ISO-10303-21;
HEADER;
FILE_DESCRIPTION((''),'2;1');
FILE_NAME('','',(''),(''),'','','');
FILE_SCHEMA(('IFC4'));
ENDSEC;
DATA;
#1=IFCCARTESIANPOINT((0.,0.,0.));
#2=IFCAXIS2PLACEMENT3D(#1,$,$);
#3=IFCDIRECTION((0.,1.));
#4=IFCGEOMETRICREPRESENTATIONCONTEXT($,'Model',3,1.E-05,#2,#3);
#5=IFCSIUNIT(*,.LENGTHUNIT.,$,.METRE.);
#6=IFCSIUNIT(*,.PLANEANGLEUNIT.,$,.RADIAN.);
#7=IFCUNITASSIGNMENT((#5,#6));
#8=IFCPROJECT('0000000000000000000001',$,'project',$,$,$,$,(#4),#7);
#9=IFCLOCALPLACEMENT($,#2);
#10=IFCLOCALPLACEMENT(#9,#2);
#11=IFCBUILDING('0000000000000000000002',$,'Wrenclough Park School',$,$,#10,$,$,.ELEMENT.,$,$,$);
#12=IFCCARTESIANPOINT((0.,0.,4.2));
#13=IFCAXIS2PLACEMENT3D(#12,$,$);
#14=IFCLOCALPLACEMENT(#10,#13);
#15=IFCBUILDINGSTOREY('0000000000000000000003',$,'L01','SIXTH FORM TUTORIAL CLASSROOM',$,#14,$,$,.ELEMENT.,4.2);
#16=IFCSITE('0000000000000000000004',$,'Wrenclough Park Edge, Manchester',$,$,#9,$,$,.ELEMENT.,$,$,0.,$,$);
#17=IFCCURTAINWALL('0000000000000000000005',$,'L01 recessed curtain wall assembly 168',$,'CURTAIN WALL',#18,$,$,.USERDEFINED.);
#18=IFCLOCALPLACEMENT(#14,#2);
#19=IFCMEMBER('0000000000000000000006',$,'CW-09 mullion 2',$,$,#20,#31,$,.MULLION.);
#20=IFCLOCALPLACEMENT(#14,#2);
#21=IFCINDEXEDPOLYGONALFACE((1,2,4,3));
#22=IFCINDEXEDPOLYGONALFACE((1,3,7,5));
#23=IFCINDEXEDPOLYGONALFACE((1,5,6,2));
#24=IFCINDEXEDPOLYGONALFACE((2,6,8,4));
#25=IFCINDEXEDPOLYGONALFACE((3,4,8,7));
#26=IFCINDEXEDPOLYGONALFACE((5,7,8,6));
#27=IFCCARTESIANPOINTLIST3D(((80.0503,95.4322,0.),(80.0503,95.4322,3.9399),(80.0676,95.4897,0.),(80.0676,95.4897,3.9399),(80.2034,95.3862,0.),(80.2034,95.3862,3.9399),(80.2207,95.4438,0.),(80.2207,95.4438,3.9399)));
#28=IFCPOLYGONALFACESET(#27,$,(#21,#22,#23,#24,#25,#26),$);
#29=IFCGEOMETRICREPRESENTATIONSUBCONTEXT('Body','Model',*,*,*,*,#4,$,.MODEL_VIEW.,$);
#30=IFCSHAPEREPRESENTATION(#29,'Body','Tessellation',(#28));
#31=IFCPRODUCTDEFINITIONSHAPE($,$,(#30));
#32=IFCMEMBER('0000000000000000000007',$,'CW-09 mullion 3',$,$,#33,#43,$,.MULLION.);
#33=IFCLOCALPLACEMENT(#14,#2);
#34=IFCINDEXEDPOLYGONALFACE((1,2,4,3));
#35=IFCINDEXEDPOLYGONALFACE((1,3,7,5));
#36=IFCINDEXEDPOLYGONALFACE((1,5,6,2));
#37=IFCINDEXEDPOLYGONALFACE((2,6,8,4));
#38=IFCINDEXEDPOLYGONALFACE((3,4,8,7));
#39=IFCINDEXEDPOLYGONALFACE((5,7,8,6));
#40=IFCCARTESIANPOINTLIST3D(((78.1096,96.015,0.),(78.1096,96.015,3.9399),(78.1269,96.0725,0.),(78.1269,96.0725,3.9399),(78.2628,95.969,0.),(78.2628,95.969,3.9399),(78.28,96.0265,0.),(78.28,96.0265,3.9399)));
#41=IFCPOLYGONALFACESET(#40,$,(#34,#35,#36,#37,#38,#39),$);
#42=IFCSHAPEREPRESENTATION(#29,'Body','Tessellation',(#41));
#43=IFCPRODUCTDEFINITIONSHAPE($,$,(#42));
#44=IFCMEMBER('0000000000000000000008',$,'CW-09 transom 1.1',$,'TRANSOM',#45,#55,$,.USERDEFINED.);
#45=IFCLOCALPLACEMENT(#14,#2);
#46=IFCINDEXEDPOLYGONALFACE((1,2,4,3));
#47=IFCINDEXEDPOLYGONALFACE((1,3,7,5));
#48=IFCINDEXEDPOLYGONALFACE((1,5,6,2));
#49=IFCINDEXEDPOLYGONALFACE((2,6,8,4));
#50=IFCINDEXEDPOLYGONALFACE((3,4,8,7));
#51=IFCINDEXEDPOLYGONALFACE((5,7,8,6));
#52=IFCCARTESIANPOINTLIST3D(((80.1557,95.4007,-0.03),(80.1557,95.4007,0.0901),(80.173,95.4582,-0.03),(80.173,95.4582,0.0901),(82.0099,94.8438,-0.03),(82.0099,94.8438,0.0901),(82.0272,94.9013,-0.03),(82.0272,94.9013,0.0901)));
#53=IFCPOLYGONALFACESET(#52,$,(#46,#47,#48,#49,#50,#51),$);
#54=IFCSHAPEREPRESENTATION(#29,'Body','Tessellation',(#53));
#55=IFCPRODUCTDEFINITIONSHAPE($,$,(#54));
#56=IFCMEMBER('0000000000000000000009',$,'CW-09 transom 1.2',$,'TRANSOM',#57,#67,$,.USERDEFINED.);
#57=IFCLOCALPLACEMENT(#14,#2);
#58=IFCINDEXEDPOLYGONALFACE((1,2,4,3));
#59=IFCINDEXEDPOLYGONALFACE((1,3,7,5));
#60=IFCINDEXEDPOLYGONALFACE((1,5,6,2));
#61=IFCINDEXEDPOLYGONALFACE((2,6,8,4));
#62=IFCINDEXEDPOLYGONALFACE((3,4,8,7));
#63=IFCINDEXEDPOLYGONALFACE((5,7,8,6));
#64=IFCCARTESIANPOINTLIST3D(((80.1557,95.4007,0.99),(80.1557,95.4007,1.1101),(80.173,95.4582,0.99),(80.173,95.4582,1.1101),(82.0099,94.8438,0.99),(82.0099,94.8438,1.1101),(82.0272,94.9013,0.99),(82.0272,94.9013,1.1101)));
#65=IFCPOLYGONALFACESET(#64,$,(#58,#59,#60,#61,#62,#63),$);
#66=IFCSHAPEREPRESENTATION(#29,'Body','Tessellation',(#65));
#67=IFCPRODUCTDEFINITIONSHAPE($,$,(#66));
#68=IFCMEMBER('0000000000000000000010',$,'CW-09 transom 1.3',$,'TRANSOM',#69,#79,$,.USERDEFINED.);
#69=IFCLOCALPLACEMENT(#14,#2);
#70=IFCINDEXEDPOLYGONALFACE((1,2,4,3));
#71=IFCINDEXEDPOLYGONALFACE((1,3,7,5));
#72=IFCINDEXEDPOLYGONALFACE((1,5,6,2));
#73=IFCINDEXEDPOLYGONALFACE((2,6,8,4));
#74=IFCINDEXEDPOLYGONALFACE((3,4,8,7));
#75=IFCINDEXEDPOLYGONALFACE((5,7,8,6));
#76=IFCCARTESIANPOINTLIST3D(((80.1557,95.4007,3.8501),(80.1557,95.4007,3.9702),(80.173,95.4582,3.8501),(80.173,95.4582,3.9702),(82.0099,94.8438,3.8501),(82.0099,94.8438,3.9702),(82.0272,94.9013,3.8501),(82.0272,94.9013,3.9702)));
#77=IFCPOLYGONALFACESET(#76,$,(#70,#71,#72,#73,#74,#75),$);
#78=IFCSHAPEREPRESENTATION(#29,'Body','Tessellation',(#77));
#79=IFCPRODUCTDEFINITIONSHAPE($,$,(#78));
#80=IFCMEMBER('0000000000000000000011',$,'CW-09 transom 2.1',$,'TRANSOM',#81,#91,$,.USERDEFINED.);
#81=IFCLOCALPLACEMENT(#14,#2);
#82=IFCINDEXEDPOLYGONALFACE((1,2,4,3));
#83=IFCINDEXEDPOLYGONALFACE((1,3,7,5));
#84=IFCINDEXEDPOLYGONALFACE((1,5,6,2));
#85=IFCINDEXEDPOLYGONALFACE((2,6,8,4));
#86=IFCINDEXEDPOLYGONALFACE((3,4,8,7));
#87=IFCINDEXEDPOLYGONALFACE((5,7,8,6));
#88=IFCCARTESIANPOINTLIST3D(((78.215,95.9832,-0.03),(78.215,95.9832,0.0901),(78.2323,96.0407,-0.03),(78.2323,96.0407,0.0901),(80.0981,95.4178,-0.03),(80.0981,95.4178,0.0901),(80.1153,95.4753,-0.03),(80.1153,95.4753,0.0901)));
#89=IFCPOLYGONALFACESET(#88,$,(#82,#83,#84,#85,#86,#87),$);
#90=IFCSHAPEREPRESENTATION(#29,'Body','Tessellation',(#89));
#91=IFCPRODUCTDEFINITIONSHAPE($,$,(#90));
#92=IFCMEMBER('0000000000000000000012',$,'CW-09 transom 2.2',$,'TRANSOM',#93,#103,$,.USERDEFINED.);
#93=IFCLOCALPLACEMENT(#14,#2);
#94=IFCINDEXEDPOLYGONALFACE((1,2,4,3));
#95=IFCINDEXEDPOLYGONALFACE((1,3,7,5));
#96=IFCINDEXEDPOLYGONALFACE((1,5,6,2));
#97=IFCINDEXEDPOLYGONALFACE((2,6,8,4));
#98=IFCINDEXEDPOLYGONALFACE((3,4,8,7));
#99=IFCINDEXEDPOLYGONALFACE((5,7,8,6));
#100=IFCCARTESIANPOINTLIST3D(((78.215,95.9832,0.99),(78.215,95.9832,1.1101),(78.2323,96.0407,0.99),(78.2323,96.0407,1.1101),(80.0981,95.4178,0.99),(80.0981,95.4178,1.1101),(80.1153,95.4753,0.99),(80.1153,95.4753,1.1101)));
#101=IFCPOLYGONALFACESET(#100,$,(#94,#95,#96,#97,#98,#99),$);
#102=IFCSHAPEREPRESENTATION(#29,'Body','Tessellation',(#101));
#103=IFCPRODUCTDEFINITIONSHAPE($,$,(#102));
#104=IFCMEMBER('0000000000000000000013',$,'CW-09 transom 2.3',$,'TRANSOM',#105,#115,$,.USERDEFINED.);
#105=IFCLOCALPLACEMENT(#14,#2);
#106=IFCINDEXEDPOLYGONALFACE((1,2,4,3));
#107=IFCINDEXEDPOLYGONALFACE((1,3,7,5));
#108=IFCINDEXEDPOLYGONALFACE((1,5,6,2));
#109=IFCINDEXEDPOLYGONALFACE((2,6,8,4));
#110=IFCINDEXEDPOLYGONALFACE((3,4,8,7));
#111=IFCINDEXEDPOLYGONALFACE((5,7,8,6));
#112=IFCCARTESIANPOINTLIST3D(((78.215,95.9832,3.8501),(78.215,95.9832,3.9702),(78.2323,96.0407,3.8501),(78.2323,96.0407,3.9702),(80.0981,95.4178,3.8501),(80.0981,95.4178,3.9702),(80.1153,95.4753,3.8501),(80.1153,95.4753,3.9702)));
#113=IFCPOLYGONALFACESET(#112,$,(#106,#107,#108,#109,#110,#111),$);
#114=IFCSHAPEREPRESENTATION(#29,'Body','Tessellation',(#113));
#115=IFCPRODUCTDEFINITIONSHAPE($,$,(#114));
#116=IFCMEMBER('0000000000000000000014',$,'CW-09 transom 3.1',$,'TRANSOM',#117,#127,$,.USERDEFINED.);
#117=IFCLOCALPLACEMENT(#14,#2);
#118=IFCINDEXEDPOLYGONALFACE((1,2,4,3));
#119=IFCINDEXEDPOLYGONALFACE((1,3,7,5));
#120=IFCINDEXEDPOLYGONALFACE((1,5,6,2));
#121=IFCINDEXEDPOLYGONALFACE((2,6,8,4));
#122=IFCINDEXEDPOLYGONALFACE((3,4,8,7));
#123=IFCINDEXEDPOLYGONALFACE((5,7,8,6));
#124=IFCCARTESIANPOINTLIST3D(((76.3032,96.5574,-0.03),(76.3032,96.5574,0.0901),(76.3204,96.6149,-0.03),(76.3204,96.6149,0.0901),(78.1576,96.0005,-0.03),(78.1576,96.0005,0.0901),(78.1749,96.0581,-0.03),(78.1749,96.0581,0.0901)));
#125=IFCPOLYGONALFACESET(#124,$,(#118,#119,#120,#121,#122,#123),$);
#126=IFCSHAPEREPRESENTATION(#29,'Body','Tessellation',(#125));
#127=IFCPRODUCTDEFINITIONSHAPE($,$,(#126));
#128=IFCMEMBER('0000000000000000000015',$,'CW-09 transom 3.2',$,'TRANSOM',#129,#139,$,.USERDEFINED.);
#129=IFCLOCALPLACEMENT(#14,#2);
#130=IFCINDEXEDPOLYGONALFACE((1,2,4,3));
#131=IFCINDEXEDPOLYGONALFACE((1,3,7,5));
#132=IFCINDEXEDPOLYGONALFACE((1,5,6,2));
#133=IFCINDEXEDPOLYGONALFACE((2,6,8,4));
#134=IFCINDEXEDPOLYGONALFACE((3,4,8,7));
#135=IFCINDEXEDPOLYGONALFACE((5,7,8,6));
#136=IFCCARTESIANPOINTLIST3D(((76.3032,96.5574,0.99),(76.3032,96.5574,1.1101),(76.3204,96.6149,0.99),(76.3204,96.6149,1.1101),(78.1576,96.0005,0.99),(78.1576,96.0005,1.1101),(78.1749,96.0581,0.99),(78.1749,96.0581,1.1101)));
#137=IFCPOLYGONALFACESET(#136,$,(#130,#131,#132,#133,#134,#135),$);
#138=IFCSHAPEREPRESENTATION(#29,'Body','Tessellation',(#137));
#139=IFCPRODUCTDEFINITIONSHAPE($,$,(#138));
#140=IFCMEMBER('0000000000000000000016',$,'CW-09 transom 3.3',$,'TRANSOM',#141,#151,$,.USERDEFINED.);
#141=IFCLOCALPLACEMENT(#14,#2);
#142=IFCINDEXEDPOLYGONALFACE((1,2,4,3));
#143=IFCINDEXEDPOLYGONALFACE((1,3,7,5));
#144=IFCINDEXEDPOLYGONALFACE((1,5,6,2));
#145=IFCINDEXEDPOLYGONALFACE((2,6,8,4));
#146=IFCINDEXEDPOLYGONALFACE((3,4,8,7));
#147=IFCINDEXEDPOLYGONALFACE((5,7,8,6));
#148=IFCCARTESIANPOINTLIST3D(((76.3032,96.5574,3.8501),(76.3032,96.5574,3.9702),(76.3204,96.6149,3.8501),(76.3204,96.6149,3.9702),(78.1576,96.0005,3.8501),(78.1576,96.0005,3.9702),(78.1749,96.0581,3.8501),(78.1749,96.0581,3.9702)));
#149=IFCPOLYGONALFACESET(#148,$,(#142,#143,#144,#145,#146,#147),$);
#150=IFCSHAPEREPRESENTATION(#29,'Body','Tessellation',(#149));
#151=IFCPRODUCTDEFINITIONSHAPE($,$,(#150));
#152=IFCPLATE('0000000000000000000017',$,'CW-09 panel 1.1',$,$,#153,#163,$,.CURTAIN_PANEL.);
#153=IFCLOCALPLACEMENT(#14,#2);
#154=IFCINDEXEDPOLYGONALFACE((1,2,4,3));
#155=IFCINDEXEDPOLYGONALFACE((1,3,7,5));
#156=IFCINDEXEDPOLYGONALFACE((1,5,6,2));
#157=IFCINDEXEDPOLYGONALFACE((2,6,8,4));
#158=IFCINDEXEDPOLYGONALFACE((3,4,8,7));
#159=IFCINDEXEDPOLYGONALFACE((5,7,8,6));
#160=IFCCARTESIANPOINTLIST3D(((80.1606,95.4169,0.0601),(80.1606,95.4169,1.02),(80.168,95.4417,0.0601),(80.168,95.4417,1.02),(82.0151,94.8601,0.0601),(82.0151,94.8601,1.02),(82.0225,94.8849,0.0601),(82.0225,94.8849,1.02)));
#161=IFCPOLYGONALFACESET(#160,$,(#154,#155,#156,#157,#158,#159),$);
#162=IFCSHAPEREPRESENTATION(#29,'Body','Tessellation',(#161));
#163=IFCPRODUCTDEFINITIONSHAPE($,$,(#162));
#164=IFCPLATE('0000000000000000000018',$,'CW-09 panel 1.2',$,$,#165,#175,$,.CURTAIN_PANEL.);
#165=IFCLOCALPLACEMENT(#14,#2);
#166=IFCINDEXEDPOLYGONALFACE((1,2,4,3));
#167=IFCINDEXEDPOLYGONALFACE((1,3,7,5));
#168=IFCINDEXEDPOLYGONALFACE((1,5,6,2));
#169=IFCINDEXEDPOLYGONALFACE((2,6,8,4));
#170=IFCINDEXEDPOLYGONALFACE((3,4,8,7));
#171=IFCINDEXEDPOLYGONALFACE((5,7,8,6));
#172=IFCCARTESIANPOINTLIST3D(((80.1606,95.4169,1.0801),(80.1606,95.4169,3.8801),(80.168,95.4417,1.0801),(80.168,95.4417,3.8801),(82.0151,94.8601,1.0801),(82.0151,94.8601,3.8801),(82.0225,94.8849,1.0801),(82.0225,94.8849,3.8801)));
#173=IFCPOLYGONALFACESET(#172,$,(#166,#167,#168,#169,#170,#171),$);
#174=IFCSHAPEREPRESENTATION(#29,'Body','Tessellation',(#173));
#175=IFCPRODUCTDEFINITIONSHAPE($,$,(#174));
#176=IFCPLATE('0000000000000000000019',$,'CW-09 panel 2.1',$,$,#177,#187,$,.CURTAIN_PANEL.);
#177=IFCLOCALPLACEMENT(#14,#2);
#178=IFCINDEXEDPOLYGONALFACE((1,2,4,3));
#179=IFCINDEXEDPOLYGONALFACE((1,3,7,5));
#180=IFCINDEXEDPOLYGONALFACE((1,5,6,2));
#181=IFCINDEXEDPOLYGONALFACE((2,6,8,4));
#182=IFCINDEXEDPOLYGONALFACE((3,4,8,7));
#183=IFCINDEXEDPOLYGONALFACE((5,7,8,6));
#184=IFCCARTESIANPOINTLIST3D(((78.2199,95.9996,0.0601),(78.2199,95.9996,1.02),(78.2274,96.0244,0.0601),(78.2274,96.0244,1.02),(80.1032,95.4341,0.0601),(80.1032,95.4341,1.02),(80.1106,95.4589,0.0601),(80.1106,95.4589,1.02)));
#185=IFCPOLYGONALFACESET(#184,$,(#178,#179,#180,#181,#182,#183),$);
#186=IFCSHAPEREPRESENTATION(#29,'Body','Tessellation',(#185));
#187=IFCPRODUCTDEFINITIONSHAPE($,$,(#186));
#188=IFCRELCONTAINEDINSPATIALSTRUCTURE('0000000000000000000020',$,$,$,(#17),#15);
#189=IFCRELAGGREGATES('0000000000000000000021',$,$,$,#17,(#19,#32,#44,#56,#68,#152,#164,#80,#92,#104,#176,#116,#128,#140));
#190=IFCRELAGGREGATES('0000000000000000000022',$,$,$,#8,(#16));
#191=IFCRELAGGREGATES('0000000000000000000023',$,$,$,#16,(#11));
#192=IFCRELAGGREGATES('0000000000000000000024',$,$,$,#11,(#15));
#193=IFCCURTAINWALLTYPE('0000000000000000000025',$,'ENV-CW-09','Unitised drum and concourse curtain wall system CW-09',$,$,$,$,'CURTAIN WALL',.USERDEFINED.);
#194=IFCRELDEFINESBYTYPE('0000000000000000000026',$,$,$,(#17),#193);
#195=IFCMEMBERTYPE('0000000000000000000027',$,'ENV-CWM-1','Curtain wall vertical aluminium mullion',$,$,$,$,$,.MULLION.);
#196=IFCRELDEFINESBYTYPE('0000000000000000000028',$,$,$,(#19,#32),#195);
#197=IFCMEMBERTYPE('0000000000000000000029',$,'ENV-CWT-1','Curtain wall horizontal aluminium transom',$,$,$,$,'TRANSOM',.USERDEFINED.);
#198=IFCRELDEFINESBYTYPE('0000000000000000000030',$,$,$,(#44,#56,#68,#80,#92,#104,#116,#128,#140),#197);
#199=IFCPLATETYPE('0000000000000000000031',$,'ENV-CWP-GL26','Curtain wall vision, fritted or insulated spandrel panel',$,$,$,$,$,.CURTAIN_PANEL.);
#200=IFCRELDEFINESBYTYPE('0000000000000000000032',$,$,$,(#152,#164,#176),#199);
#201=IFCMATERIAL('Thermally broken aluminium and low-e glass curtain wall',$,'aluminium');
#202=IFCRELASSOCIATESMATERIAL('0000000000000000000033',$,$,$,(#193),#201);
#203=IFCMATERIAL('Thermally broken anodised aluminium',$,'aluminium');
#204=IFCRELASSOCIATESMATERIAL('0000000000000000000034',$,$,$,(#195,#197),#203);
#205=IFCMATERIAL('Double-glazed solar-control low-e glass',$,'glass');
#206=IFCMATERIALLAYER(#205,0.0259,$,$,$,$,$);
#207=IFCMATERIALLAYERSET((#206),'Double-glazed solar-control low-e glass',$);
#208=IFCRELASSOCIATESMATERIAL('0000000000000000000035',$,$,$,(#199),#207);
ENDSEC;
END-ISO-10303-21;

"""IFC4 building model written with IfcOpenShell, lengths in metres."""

from ifc_helpers import new_model, si_unit, direction, frame, origin, origin_2d, place, context, subcontext, project, spatial, rectangle, extrude, material, layer, layer_set, material_profile, profile_set, type_object, element, aggregate, save


model = new_model("IFC4")

# Units and contexts
model_context = context("Model", 3, precision=1e-05, world=origin(), true_north=direction((0.0, 1.0)))
body_context = subcontext(model_context, "Body", "Model", "MODEL_VIEW")
ifc_project = project(units=[si_unit("LENGTHUNIT", "METRE"), si_unit("PLANEANGLEUNIT", "RADIAN")], contexts=[model_context])

# Site, building, storey
site_placement = place(None, origin())
site = spatial("IfcSite", under=ifc_project, at=site_placement, Name="Wrenclough Park Edge, Manchester", CompositionType="ELEMENT", RefElevation=0.0)
building_placement = place(site_placement, origin())
building = spatial("IfcBuilding", under=site, at=building_placement, Name="Wrenclough Park School", CompositionType="ELEMENT")
storey_placement = place(building_placement, frame((0.0, 0.0, 4.2)))
storey = spatial("IfcBuildingStorey", under=building, at=storey_placement, Name="L01", Description="SIXTH FORM TUTORIAL CLASSROOM", CompositionType="ELEMENT", Elevation=4.2)

# Curtain wall, members, plates
ifc_material_1 = material(Name="Thermally broken aluminium and low-e glass curtain wall", Category="aluminium")
curtain_wall_type = type_object("IfcCurtainWallType", Name="ENV-CW-09", Description="Unitised drum and concourse curtain wall system CW-09", ElementType="CURTAIN WALL", PredefinedType="USERDEFINED", material=ifc_material_1)
curtain_wall_placement = place(storey_placement, origin())
curtain_wall = element("IfcCurtainWall", 1, at=curtain_wall_placement, inside=storey, type_object=curtain_wall_type, Name="L01 recessed curtain wall assembly 168", ObjectType="CURTAIN WALL", PredefinedType="USERDEFINED")
ifc_material_2 = material(Name="Thermally broken anodised aluminium", Category="aluminium")
ifc_material_profile_1 = material_profile(ifc_material_2, rectangle(XDim=0.0601, YDim=0.1599, at=origin_2d()), Name="AL MULLION 60x160")
ifc_profile_set_1 = profile_set([ifc_material_profile_1], Name="Thermally broken anodised aluminium")
member_type_1 = type_object("IfcMemberType", Name="ENV-CWM-1", Description="Curtain wall vertical aluminium mullion", PredefinedType="MULLION", material=ifc_profile_set_1)
member_1_placement = place(storey_placement, frame((80.1355, 95.438, 0.0), z_axis=(0.0, 0.0, 1.0), x_axis=(-0.287583, -0.957756, 0.0)))
member_1 = element("IfcMember", 2, at=member_1_placement, type_object=member_type_1, Name="CW-09 mullion 2", PredefinedType="MULLION", context=body_context, shape_type="SweptSolid", body=[
    extrude(rectangle(XDim=0.0601, YDim=0.1599, at=origin_2d()), origin(), (0.0, 0.0, 1.0), 3.9399),
])
member_2_placement = place(storey_placement, frame((78.1948, 96.0208, 0.0), z_axis=(0.0, 0.0, 1.0), x_axis=(-0.287583, -0.957756, 0.0)))
member_2 = element("IfcMember", 3, at=member_2_placement, type_object=member_type_1, Name="CW-09 mullion 3", PredefinedType="MULLION", context=body_context, shape_type="SweptSolid", body=[
    extrude(rectangle(XDim=0.0601, YDim=0.1599, at=origin_2d()), origin(), (0.0, 0.0, 1.0), 3.9399),
])
ifc_material_profile_2 = material_profile(ifc_material_2, rectangle(XDim=0.0601, YDim=0.1201, at=origin_2d()), Name="AL TRANSOM 60x120")
ifc_profile_set_2 = profile_set([ifc_material_profile_2], Name="Thermally broken anodised aluminium")
member_type_2 = type_object("IfcMemberType", Name="ENV-CWT-1", Description="Curtain wall horizontal aluminium transom", ElementType="TRANSOM", PredefinedType="USERDEFINED", material=ifc_profile_set_2)
member_3_placement = place(storey_placement, frame((82.0186, 94.8726, 0.03), z_axis=(-0.957739, 0.287637, 0.0), x_axis=(-0.287637, -0.957739, 0.0)))
member_3 = element("IfcMember", 4, at=member_3_placement, type_object=member_type_2, Name="CW-09 transom 1.1", ObjectType="TRANSOM", PredefinedType="USERDEFINED", context=body_context, shape_type="SweptSolid", body=[
    extrude(rectangle(XDim=0.0601, YDim=0.1201, at=origin_2d()), origin(), (0.0, 0.0, 1.0), 1.936),
])
member_4_placement = place(storey_placement, frame((82.0186, 94.8726, 1.05), z_axis=(-0.957739, 0.287637, 0.0), x_axis=(-0.287637, -0.957739, 0.0)))
member_4 = element("IfcMember", 5, at=member_4_placement, type_object=member_type_2, Name="CW-09 transom 1.2", ObjectType="TRANSOM", PredefinedType="USERDEFINED", context=body_context, shape_type="SweptSolid", body=[
    extrude(rectangle(XDim=0.0601, YDim=0.1201, at=origin_2d()), origin(), (0.0, 0.0, 1.0), 1.936),
])
member_5_placement = place(storey_placement, frame((82.0186, 94.8726, 3.9102), z_axis=(-0.957739, 0.287637, 0.0), x_axis=(-0.287637, -0.957739, 0.0)))
member_5 = element("IfcMember", 6, at=member_5_placement, type_object=member_type_2, Name="CW-09 transom 1.3", ObjectType="TRANSOM", PredefinedType="USERDEFINED", context=body_context, shape_type="SweptSolid", body=[
    extrude(rectangle(XDim=0.0601, YDim=0.1201, at=origin_2d()), origin(), (0.0, 0.0, 1.0), 1.936),
])
member_6_placement = place(storey_placement, frame((80.1067, 95.4465, 0.03), z_axis=(-0.957754, 0.287587, 0.0), x_axis=(-0.287587, -0.957754, 0.0)))
member_6 = element("IfcMember", 7, at=member_6_placement, type_object=member_type_2, Name="CW-09 transom 2.1", ObjectType="TRANSOM", PredefinedType="USERDEFINED", context=body_context, shape_type="SweptSolid", body=[
    extrude(rectangle(XDim=0.0601, YDim=0.1201, at=origin_2d()), origin(), (0.0, 0.0, 1.0), 1.9661),
])
member_7_placement = place(storey_placement, frame((80.1067, 95.4465, 1.05), z_axis=(-0.957754, 0.287587, 0.0), x_axis=(-0.287587, -0.957754, 0.0)))
member_7 = element("IfcMember", 8, at=member_7_placement, type_object=member_type_2, Name="CW-09 transom 2.2", ObjectType="TRANSOM", PredefinedType="USERDEFINED", context=body_context, shape_type="SweptSolid", body=[
    extrude(rectangle(XDim=0.0601, YDim=0.1201, at=origin_2d()), origin(), (0.0, 0.0, 1.0), 1.9661),
])
member_8_placement = place(storey_placement, frame((80.1067, 95.4465, 3.9102), z_axis=(-0.957754, 0.287587, 0.0), x_axis=(-0.287587, -0.957754, 0.0)))
member_8 = element("IfcMember", 9, at=member_8_placement, type_object=member_type_2, Name="CW-09 transom 2.3", ObjectType="TRANSOM", PredefinedType="USERDEFINED", context=body_context, shape_type="SweptSolid", body=[
    extrude(rectangle(XDim=0.0601, YDim=0.1201, at=origin_2d()), origin(), (0.0, 0.0, 1.0), 1.9661),
])
member_9_placement = place(storey_placement, frame((78.1663, 96.0293, 0.03), z_axis=(-0.95775, 0.287602, 0.0), x_axis=(-0.287602, -0.95775, 0.0)))
member_9 = element("IfcMember", 10, at=member_9_placement, type_object=member_type_2, Name="CW-09 transom 3.1", ObjectType="TRANSOM", PredefinedType="USERDEFINED", context=body_context, shape_type="SweptSolid", body=[
    extrude(rectangle(XDim=0.0601, YDim=0.1201, at=origin_2d()), origin(), (0.0, 0.0, 1.0), 1.9363),
])
member_10_placement = place(storey_placement, frame((78.1663, 96.0293, 1.05), z_axis=(-0.95775, 0.287602, 0.0), x_axis=(-0.287602, -0.95775, 0.0)))
member_10 = element("IfcMember", 11, at=member_10_placement, type_object=member_type_2, Name="CW-09 transom 3.2", ObjectType="TRANSOM", PredefinedType="USERDEFINED", context=body_context, shape_type="SweptSolid", body=[
    extrude(rectangle(XDim=0.0601, YDim=0.1201, at=origin_2d()), origin(), (0.0, 0.0, 1.0), 1.9363),
])
member_11_placement = place(storey_placement, frame((78.1663, 96.0293, 3.9102), z_axis=(-0.95775, 0.287602, 0.0), x_axis=(-0.287602, -0.95775, 0.0)))
member_11 = element("IfcMember", 12, at=member_11_placement, type_object=member_type_2, Name="CW-09 transom 3.3", ObjectType="TRANSOM", PredefinedType="USERDEFINED", context=body_context, shape_type="SweptSolid", body=[
    extrude(rectangle(XDim=0.0601, YDim=0.1201, at=origin_2d()), origin(), (0.0, 0.0, 1.0), 1.9363),
])
ifc_material_3 = material(Name="Double-glazed solar-control low-e glass", Category="glass")
ifc_layer_1 = layer(ifc_material_3, 0.0259)
ifc_layer_set_1 = layer_set([ifc_layer_1], Name="Double-glazed solar-control low-e glass")
plate_type_1 = type_object("IfcPlateType", Name="ENV-CWP-GL26", Description="Curtain wall vision, fritted or insulated spandrel panel", PredefinedType="CURTAIN_PANEL", material=ifc_layer_set_1)
plate_1_placement = place(storey_placement, frame((81.0916, 95.1509, 0.0601), z_axis=(0.0, 0.0, 1.0), x_axis=(-0.957756, 0.287583, 0.0)))
plate_1 = element("IfcPlate", 13, at=plate_1_placement, type_object=plate_type_1, Name="CW-09 panel 1.1", PredefinedType="CURTAIN_PANEL", context=body_context, shape_type="SweptSolid", body=[
    extrude(rectangle(XDim=1.9363, YDim=0.0259, at=origin_2d()), origin(), (0.0, 0.0, 1.0), 0.96),
])
plate_2_placement = place(storey_placement, frame((81.0916, 95.1509, 1.0801), z_axis=(0.0, 0.0, 1.0), x_axis=(-0.957756, 0.287583, 0.0)))
plate_2 = element("IfcPlate", 14, at=plate_2_placement, type_object=plate_type_1, Name="CW-09 panel 1.2", PredefinedType="CURTAIN_PANEL", context=body_context, shape_type="SweptSolid", body=[
    extrude(rectangle(XDim=1.9363, YDim=0.0259, at=origin_2d()), origin(), (0.0, 0.0, 1.0), 2.8),
])
plate_3_placement = place(storey_placement, frame((79.1653, 95.7292, 0.0601), z_axis=(0.0, 0.0, 1.0), x_axis=(-0.957756, 0.287583, 0.0)))
plate_3 = element("IfcPlate", 15, at=plate_3_placement, type_object=plate_type_1, Name="CW-09 panel 2.1", PredefinedType="CURTAIN_PANEL", context=body_context, shape_type="SweptSolid", body=[
    extrude(rectangle(XDim=1.9663, YDim=0.0259, at=origin_2d()), origin(), (0.0, 0.0, 1.0), 0.96),
])
aggregate(curtain_wall, [member_1, member_2, member_3, member_4, member_5, plate_1, plate_2, member_6, member_7, member_8, plate_3, member_9, member_10, member_11])

save(model, "model.ifc")
